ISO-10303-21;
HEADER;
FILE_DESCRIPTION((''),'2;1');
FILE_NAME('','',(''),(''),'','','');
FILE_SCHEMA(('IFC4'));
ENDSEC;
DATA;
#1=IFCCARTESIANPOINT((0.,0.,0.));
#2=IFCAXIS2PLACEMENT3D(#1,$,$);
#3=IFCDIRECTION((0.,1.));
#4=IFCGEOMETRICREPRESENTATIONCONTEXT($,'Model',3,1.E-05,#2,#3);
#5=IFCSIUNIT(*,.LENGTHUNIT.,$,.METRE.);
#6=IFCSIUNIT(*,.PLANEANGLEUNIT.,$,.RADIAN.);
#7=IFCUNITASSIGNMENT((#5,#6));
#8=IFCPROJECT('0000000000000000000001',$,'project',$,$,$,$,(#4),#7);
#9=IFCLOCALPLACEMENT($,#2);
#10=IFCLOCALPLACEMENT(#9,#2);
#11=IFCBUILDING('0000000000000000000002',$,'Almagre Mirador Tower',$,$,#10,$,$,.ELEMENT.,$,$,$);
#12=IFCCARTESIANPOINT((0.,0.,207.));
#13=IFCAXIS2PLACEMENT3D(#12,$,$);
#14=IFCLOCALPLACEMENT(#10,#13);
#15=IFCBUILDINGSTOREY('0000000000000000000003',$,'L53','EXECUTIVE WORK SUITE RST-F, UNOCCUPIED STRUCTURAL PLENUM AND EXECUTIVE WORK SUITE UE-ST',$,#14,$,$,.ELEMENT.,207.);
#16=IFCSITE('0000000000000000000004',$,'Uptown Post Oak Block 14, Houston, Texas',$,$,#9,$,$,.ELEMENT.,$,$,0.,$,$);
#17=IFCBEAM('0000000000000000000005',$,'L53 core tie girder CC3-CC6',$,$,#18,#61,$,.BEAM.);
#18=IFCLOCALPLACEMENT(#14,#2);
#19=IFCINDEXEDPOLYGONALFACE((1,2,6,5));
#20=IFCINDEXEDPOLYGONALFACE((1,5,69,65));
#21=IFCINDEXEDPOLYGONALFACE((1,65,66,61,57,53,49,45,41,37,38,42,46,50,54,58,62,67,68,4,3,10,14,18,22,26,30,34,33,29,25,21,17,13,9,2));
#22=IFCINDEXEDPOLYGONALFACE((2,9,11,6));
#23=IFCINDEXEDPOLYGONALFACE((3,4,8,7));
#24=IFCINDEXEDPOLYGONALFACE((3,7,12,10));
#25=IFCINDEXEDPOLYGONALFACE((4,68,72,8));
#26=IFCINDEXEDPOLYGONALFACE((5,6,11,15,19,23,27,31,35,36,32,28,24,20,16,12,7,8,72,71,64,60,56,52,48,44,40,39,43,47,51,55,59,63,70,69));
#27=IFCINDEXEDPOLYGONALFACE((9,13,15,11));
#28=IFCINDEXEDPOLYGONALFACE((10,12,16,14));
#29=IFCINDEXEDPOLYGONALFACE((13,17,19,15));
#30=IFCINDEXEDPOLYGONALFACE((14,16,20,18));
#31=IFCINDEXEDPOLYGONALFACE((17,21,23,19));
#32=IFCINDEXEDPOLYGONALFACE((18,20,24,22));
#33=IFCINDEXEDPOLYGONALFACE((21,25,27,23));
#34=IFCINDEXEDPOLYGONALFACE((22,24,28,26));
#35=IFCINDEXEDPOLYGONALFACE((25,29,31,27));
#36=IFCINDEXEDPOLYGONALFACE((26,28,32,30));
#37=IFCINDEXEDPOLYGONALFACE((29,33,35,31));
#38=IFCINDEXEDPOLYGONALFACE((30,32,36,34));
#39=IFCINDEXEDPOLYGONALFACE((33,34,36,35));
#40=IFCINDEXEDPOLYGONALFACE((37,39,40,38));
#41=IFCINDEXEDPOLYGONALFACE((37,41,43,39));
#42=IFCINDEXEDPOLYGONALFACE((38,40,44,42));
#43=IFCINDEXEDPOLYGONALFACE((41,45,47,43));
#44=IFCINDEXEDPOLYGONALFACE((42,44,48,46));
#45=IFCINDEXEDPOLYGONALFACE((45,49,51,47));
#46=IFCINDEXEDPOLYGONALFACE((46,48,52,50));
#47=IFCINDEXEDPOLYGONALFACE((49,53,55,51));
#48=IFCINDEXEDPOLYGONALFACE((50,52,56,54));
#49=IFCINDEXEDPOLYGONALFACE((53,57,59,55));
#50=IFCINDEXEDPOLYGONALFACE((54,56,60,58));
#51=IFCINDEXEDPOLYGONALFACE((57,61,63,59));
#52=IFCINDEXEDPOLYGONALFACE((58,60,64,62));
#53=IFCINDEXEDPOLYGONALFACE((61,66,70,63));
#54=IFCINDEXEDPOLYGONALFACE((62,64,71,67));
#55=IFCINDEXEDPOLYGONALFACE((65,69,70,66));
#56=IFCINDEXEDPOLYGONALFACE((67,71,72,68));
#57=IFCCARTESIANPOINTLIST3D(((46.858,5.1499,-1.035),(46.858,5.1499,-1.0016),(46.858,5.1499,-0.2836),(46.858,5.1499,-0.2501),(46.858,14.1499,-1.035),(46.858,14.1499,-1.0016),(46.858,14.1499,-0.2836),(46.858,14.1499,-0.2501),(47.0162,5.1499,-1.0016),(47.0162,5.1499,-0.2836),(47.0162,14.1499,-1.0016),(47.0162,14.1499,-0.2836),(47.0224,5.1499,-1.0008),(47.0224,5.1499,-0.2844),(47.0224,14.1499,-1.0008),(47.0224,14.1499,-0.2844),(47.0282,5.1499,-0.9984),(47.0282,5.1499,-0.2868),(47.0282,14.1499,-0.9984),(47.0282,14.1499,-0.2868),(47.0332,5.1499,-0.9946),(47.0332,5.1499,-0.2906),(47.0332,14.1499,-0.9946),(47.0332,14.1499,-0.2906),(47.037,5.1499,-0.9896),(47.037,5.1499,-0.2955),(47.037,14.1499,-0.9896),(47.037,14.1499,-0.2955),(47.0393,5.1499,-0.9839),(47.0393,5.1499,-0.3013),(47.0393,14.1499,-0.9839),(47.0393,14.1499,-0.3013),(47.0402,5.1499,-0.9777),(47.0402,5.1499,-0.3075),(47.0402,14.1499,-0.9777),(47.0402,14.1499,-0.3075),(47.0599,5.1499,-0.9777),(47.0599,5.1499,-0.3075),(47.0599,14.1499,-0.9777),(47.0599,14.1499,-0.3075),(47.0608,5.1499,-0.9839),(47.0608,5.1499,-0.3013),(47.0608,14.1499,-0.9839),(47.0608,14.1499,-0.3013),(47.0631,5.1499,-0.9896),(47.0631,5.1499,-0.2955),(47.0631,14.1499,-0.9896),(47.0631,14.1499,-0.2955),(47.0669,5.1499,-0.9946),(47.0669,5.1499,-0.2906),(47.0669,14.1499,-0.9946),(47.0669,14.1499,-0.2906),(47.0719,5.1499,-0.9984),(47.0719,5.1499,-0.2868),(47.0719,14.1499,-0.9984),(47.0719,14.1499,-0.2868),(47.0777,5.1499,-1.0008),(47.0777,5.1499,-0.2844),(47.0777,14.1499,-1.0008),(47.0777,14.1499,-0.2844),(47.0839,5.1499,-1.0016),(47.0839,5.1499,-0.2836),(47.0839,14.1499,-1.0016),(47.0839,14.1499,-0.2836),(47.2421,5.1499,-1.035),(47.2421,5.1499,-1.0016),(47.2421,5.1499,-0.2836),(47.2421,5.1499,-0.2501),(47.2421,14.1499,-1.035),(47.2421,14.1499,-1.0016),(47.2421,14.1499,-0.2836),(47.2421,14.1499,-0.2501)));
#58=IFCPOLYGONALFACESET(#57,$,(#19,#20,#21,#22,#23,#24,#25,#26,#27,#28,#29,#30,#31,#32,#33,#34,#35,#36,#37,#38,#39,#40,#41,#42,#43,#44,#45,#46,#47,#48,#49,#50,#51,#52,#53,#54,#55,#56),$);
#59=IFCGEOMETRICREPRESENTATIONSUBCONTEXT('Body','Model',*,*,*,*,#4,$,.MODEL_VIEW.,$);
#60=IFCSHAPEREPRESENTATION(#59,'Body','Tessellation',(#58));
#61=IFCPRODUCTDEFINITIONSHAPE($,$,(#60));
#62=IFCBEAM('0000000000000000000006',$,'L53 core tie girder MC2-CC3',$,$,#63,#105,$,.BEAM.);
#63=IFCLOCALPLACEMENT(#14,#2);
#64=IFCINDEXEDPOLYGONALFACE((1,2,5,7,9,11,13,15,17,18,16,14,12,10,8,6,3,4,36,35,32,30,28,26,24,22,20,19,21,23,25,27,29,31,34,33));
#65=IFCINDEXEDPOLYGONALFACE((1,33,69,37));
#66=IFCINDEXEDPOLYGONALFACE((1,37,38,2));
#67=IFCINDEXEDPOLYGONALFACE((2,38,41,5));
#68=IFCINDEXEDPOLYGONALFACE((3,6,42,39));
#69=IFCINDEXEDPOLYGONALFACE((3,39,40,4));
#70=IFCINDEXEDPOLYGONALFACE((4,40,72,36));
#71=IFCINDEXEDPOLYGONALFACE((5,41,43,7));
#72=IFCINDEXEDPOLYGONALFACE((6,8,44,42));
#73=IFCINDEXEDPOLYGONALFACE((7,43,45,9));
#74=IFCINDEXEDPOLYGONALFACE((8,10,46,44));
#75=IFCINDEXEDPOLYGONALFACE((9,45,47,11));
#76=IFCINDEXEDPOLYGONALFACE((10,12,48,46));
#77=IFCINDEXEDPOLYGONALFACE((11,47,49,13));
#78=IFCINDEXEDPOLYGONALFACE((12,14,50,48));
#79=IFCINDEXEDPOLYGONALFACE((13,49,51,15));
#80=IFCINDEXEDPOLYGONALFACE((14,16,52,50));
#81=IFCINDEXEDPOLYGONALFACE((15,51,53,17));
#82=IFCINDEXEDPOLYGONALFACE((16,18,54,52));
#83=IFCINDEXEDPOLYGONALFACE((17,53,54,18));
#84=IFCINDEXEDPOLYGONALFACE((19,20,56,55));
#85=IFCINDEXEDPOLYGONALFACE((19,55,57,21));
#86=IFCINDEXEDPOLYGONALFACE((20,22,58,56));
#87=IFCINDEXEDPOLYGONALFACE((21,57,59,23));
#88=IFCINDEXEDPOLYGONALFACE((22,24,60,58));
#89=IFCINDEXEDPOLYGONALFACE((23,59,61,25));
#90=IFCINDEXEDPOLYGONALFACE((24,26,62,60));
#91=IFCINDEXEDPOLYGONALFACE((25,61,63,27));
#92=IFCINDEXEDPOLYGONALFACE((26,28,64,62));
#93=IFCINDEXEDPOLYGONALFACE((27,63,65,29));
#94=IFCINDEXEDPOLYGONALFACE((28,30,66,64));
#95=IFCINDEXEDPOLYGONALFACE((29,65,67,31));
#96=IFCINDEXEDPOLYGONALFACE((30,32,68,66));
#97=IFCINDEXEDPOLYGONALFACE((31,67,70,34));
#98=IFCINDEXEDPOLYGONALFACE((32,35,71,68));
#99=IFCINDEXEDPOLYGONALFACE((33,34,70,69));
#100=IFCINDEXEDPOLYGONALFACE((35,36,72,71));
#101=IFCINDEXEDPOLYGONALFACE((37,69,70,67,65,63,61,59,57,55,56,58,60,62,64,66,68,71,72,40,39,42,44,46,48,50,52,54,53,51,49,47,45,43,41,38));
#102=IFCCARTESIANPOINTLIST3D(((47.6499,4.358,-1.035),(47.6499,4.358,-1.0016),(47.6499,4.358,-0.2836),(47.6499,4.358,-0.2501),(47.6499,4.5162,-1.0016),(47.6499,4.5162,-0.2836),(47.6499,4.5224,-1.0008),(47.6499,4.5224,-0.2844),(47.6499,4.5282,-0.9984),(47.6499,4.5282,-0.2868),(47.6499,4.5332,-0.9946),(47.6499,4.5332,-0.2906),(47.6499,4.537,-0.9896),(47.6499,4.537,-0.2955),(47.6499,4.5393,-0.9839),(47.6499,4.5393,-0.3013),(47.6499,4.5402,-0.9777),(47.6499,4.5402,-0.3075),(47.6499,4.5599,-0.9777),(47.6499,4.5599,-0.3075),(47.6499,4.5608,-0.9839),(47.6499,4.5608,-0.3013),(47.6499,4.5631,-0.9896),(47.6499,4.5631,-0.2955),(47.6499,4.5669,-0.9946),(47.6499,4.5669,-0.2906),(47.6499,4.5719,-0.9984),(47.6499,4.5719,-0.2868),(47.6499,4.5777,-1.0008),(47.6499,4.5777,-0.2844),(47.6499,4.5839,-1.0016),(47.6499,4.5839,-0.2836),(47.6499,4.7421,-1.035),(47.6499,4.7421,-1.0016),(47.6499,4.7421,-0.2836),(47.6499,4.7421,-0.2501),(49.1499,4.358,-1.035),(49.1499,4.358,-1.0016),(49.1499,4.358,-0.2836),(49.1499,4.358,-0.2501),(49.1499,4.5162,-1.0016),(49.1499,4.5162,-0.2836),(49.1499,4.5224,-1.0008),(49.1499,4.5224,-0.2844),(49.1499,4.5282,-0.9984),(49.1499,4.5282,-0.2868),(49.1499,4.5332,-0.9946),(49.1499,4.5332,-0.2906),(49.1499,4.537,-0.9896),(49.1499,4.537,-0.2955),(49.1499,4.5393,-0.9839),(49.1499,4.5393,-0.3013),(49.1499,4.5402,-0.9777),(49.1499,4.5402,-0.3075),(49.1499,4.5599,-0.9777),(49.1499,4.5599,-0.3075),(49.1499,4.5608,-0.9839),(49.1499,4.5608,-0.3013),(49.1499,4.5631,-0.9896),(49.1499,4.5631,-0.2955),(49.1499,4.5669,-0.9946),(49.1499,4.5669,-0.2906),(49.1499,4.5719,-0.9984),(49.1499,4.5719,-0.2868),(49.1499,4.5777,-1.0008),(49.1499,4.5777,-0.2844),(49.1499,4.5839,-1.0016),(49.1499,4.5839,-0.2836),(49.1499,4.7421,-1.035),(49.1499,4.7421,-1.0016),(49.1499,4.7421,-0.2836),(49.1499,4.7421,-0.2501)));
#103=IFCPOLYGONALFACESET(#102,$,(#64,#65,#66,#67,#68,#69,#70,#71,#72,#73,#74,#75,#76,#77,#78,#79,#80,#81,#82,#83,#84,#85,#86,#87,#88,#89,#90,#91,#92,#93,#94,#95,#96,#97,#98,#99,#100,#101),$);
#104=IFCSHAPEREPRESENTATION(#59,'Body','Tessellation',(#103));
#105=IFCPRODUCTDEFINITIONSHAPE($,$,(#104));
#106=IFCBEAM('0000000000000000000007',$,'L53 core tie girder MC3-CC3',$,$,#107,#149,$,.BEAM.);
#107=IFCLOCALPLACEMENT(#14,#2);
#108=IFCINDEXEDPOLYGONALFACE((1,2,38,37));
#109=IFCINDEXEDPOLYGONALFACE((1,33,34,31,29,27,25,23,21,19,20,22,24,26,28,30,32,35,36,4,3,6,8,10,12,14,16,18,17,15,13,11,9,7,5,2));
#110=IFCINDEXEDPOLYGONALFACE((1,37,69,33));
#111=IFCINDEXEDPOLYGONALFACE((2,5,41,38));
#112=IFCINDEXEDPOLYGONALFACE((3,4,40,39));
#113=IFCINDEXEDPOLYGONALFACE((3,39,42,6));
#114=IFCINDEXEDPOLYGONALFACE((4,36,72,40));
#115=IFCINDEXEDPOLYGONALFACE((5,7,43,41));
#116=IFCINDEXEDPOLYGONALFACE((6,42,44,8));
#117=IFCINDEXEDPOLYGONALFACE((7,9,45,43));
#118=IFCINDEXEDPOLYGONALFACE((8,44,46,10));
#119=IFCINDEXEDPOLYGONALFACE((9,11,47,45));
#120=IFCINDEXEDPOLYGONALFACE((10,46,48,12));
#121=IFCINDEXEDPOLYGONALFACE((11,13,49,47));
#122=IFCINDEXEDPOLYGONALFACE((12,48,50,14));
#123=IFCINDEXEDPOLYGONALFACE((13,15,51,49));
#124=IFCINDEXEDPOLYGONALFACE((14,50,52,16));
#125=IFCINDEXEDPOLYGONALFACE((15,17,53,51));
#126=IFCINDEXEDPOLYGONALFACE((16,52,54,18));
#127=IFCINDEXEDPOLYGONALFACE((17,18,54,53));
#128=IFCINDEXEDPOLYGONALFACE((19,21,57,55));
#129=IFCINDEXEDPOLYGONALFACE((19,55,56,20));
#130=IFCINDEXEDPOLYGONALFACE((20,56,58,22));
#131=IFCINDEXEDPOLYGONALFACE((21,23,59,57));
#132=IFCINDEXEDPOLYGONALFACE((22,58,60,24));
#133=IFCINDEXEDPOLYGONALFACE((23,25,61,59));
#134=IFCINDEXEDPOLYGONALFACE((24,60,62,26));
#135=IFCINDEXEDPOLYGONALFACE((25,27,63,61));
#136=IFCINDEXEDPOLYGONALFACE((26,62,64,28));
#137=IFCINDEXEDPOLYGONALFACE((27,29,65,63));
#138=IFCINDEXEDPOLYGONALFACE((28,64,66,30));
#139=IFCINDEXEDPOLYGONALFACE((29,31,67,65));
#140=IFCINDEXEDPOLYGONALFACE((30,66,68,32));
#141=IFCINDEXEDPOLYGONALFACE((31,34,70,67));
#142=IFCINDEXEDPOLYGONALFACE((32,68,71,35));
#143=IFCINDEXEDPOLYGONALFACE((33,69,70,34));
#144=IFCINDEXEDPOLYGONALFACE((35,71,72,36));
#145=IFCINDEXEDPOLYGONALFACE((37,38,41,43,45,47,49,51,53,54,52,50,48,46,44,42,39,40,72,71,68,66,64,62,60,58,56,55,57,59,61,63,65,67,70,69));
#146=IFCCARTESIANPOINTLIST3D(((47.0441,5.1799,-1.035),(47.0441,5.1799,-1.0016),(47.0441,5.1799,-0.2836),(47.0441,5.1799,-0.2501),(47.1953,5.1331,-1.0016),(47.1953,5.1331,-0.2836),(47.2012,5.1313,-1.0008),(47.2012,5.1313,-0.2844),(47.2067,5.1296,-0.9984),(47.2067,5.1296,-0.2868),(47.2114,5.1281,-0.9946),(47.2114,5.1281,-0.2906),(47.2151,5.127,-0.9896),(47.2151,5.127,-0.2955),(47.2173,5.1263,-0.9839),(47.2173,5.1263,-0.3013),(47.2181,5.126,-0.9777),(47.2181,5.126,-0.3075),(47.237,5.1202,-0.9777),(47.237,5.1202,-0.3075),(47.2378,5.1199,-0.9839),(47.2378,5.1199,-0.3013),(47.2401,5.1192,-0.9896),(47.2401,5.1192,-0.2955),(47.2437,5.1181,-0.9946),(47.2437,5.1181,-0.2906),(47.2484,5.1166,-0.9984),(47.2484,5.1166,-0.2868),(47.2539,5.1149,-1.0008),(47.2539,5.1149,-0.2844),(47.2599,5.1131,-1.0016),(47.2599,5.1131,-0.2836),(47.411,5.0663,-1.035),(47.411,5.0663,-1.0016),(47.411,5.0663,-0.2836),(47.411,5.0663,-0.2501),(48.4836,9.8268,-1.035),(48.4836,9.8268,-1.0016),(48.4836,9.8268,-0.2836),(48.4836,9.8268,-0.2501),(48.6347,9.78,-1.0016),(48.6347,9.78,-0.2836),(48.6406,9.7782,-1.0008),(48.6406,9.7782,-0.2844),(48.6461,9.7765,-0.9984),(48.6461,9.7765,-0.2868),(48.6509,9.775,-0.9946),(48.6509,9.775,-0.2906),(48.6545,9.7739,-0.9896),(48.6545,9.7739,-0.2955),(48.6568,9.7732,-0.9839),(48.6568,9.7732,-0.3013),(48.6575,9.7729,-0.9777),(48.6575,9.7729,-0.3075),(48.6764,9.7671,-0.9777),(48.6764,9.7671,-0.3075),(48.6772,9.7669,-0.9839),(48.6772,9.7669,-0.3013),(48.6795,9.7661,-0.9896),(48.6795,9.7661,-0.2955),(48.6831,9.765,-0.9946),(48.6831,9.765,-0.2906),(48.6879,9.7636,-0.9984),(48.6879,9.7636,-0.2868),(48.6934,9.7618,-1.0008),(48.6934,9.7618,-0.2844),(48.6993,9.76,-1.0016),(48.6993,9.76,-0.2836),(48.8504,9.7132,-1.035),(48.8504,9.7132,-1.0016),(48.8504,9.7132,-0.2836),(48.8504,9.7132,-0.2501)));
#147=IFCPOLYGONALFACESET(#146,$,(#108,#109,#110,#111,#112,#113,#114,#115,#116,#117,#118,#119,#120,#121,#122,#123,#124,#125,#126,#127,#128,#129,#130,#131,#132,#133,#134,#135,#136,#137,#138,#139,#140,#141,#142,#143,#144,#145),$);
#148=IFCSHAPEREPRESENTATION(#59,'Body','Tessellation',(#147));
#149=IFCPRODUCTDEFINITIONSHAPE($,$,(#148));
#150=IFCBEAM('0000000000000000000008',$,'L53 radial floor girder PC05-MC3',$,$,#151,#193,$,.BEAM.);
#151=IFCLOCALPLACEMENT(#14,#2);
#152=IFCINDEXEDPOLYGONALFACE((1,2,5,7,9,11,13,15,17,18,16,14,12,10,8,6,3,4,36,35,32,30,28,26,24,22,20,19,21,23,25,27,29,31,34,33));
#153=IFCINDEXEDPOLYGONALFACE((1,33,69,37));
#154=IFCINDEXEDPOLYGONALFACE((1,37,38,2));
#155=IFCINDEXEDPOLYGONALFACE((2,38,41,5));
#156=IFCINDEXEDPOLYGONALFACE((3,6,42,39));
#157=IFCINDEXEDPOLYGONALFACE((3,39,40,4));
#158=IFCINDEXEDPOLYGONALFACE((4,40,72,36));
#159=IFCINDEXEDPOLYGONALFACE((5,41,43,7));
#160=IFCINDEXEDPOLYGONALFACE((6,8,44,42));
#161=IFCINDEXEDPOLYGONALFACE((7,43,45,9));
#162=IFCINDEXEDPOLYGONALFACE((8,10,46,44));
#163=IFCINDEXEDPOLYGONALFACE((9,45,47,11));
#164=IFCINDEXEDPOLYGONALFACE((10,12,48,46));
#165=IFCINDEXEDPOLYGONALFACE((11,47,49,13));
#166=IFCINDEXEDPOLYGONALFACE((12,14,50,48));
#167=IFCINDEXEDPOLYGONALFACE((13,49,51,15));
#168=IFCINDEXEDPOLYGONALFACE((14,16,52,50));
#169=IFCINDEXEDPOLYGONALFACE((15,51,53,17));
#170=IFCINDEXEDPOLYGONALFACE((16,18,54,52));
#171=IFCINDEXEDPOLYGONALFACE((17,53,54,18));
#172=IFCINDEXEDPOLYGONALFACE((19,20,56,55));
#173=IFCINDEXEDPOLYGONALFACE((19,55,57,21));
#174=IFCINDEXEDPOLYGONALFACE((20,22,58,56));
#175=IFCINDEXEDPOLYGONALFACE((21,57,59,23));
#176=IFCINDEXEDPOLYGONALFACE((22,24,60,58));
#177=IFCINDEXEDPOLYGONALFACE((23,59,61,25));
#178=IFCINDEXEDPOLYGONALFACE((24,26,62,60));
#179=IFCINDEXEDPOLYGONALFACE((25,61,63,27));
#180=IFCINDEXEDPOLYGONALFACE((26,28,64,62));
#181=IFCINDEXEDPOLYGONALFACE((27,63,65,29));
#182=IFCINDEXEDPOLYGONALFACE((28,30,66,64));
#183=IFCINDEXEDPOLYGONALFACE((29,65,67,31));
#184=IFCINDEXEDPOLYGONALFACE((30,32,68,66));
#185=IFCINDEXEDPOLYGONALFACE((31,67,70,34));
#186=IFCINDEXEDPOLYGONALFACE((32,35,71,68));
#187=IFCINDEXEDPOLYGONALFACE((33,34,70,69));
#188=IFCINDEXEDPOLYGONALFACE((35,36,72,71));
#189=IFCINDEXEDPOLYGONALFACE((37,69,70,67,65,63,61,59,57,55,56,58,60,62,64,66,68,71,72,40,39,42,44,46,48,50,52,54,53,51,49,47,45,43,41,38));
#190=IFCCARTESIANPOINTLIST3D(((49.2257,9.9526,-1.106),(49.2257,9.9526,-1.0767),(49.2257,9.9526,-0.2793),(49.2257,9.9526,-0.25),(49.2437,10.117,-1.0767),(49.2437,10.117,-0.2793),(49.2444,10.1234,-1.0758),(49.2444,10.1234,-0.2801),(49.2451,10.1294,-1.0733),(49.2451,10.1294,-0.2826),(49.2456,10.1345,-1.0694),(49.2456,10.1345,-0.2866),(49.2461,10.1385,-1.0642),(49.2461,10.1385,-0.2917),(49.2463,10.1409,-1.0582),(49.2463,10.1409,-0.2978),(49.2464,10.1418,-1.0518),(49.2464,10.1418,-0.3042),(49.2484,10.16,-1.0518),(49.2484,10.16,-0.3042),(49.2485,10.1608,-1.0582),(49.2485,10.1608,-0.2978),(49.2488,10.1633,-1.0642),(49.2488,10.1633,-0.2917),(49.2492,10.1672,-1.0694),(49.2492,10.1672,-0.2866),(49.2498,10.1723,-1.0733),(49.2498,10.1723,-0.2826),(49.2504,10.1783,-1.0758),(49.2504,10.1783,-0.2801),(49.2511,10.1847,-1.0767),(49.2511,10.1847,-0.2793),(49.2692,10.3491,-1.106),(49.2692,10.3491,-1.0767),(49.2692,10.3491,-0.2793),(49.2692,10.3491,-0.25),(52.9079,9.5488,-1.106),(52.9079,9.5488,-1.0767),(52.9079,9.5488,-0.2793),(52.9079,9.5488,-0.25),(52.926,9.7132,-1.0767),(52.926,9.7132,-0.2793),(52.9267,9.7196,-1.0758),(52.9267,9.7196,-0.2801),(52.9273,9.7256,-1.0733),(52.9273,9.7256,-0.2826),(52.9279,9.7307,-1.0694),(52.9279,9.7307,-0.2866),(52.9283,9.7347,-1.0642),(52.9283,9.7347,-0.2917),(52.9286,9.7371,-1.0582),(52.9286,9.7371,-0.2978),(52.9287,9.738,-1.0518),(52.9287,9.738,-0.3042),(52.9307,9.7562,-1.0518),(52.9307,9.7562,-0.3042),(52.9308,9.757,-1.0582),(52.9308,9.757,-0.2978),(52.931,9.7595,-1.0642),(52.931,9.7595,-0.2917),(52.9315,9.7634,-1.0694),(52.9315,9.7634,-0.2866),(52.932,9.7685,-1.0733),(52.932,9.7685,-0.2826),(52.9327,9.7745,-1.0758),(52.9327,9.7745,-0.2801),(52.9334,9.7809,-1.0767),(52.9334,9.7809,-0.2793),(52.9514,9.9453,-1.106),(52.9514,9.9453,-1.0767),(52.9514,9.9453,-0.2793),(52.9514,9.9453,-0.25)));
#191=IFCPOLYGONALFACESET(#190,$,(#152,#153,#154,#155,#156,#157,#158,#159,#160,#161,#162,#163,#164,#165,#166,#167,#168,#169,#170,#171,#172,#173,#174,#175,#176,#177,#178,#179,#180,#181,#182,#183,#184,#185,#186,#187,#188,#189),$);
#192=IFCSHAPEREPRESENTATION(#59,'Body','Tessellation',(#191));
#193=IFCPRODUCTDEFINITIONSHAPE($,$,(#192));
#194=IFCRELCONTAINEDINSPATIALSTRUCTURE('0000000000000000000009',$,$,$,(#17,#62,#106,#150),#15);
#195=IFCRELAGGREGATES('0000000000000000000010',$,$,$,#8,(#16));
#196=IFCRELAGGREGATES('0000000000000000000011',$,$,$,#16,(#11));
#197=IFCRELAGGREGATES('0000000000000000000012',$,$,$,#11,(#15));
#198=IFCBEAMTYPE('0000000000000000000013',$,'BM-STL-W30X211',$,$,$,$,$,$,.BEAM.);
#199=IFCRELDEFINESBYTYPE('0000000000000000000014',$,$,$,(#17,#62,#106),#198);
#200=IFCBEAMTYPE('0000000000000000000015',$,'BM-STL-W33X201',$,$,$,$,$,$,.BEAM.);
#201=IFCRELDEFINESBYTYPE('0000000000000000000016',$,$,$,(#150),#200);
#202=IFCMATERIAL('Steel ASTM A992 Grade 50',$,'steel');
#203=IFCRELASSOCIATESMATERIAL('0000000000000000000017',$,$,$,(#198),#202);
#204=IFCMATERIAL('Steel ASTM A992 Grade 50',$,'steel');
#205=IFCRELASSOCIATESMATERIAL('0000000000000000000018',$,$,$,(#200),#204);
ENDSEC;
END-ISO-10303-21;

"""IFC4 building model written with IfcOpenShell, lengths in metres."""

from ifc_helpers import new_model, si_unit, direction, frame, origin, origin_2d, place, context, subcontext, project, spatial, i_section, extrude, material, material_profile, profile_set, type_object, element, save


model = new_model("IFC4")

# Units and contexts
model_context = context("Model", 3, precision=1e-05, world=origin(), true_north=direction((0.0, 1.0)))
body_context = subcontext(model_context, "Body", "Model", "MODEL_VIEW")
ifc_project = project(units=[si_unit("LENGTHUNIT", "METRE"), si_unit("PLANEANGLEUNIT", "RADIAN")], contexts=[model_context])

# Site, building, storey
site_placement = place(None, origin())
site = spatial("IfcSite", under=ifc_project, at=site_placement, Name="Uptown Post Oak Block 14, Houston, Texas", CompositionType="ELEMENT", RefElevation=0.0)
building_placement = place(site_placement, origin())
building = spatial("IfcBuilding", under=site, at=building_placement, Name="Almagre Mirador Tower", CompositionType="ELEMENT")
storey_placement = place(building_placement, frame((0.0, 0.0, 207.0)))
storey = spatial("IfcBuildingStorey", under=building, at=storey_placement, Name="L53", Description="EXECUTIVE WORK SUITE RST-F, UNOCCUPIED STRUCTURAL PLENUM AND EXECUTIVE WORK SUITE UE-ST", CompositionType="ELEMENT", Elevation=207.0)

# Beams
ifc_material_1 = material(Name="Steel ASTM A992 Grade 50", Category="steel")
ifc_material_profile_1 = material_profile(ifc_material_1, i_section(OverallWidth=0.384, OverallDepth=0.7849, WebThickness=0.0198, FlangeThickness=0.0334, FilletRadius=0.0239, at=origin_2d()), Name="W30X211")
ifc_profile_set_1 = profile_set([ifc_material_profile_1], Name="Steel ASTM A992 Grade 50")
beam_type_1 = type_object("IfcBeamType", Name="BM-STL-W30X211", PredefinedType="BEAM", material=ifc_profile_set_1)
beam_1_placement = place(storey_placement, frame((47.05, 5.1499, -0.6426), z_axis=(0.0, 1.0, 0.0), x_axis=(-1.0, 0.0, 0.0)))
element("IfcBeam", 1, at=beam_1_placement, inside=storey, type_object=beam_type_1, Name="L53 core tie girder CC3-CC6", PredefinedType="BEAM", context=body_context, shape_type="SweptSolid", body=[
    extrude(i_section(OverallWidth=0.384, OverallDepth=0.7849, WebThickness=0.0198, FlangeThickness=0.0334, FilletRadius=0.0239, at=origin_2d()), origin(), (0.0, 0.0, 1.0), 9.0),
])
beam_2_placement = place(storey_placement, frame((49.1499, 4.55, -0.6426), z_axis=(-1.0, 0.0, 0.0), x_axis=(0.0, -1.0, 0.0)))
element("IfcBeam", 2, at=beam_2_placement, inside=storey, type_object=beam_type_1, Name="L53 core tie girder MC2-CC3", PredefinedType="BEAM", context=body_context, shape_type="SweptSolid", body=[
    extrude(i_section(OverallWidth=0.384, OverallDepth=0.7849, WebThickness=0.0198, FlangeThickness=0.0334, FilletRadius=0.0239, at=origin_2d()), origin(), (0.0, 0.0, 1.0), 1.5),
])
beam_3_placement = place(storey_placement, frame((48.667, 9.77, -0.6426), z_axis=(-0.295891, -0.955222, 0.0), x_axis=(0.955222, -0.295891, 0.0)))
element("IfcBeam", 3, at=beam_3_placement, inside=storey, type_object=beam_type_1, Name="L53 core tie girder MC3-CC3", PredefinedType="BEAM", context=body_context, shape_type="SweptSolid", body=[
    extrude(i_section(OverallWidth=0.384, OverallDepth=0.7849, WebThickness=0.0198, FlangeThickness=0.0334, FilletRadius=0.0239, at=origin_2d()), origin(), (0.0, 0.0, 1.0), 4.8647),
])
ifc_material_2 = material(Name="Steel ASTM A992 Grade 50", Category="steel")
ifc_material_profile_2 = material_profile(ifc_material_2, i_section(OverallWidth=0.3989, OverallDepth=0.856, WebThickness=0.0183, FlangeThickness=0.0293, FilletRadius=0.0249, at=origin_2d()), Name="W33X201")
ifc_profile_set_2 = profile_set([ifc_material_profile_2], Name="Steel ASTM A992 Grade 50")
beam_type_2 = type_object("IfcBeamType", Name="BM-STL-W33X201", PredefinedType="BEAM", material=ifc_profile_set_2)
beam_4_placement = place(storey_placement, frame((52.9297, 9.7471, -0.678), z_axis=(-0.994041, 0.109006, 0.0), x_axis=(-0.109006, -0.994041, 0.0)))
element("IfcBeam", 4, at=beam_4_placement, inside=storey, type_object=beam_type_2, Name="L53 radial floor girder PC05-MC3", PredefinedType="BEAM", context=body_context, shape_type="SweptSolid", body=[
    extrude(i_section(OverallWidth=0.3989, OverallDepth=0.856, WebThickness=0.0183, FlangeThickness=0.0293, FilletRadius=0.0249, at=origin_2d()), origin(), (0.0, 0.0, 1.0), 3.7043),
])

save(model, "model.ifc")
